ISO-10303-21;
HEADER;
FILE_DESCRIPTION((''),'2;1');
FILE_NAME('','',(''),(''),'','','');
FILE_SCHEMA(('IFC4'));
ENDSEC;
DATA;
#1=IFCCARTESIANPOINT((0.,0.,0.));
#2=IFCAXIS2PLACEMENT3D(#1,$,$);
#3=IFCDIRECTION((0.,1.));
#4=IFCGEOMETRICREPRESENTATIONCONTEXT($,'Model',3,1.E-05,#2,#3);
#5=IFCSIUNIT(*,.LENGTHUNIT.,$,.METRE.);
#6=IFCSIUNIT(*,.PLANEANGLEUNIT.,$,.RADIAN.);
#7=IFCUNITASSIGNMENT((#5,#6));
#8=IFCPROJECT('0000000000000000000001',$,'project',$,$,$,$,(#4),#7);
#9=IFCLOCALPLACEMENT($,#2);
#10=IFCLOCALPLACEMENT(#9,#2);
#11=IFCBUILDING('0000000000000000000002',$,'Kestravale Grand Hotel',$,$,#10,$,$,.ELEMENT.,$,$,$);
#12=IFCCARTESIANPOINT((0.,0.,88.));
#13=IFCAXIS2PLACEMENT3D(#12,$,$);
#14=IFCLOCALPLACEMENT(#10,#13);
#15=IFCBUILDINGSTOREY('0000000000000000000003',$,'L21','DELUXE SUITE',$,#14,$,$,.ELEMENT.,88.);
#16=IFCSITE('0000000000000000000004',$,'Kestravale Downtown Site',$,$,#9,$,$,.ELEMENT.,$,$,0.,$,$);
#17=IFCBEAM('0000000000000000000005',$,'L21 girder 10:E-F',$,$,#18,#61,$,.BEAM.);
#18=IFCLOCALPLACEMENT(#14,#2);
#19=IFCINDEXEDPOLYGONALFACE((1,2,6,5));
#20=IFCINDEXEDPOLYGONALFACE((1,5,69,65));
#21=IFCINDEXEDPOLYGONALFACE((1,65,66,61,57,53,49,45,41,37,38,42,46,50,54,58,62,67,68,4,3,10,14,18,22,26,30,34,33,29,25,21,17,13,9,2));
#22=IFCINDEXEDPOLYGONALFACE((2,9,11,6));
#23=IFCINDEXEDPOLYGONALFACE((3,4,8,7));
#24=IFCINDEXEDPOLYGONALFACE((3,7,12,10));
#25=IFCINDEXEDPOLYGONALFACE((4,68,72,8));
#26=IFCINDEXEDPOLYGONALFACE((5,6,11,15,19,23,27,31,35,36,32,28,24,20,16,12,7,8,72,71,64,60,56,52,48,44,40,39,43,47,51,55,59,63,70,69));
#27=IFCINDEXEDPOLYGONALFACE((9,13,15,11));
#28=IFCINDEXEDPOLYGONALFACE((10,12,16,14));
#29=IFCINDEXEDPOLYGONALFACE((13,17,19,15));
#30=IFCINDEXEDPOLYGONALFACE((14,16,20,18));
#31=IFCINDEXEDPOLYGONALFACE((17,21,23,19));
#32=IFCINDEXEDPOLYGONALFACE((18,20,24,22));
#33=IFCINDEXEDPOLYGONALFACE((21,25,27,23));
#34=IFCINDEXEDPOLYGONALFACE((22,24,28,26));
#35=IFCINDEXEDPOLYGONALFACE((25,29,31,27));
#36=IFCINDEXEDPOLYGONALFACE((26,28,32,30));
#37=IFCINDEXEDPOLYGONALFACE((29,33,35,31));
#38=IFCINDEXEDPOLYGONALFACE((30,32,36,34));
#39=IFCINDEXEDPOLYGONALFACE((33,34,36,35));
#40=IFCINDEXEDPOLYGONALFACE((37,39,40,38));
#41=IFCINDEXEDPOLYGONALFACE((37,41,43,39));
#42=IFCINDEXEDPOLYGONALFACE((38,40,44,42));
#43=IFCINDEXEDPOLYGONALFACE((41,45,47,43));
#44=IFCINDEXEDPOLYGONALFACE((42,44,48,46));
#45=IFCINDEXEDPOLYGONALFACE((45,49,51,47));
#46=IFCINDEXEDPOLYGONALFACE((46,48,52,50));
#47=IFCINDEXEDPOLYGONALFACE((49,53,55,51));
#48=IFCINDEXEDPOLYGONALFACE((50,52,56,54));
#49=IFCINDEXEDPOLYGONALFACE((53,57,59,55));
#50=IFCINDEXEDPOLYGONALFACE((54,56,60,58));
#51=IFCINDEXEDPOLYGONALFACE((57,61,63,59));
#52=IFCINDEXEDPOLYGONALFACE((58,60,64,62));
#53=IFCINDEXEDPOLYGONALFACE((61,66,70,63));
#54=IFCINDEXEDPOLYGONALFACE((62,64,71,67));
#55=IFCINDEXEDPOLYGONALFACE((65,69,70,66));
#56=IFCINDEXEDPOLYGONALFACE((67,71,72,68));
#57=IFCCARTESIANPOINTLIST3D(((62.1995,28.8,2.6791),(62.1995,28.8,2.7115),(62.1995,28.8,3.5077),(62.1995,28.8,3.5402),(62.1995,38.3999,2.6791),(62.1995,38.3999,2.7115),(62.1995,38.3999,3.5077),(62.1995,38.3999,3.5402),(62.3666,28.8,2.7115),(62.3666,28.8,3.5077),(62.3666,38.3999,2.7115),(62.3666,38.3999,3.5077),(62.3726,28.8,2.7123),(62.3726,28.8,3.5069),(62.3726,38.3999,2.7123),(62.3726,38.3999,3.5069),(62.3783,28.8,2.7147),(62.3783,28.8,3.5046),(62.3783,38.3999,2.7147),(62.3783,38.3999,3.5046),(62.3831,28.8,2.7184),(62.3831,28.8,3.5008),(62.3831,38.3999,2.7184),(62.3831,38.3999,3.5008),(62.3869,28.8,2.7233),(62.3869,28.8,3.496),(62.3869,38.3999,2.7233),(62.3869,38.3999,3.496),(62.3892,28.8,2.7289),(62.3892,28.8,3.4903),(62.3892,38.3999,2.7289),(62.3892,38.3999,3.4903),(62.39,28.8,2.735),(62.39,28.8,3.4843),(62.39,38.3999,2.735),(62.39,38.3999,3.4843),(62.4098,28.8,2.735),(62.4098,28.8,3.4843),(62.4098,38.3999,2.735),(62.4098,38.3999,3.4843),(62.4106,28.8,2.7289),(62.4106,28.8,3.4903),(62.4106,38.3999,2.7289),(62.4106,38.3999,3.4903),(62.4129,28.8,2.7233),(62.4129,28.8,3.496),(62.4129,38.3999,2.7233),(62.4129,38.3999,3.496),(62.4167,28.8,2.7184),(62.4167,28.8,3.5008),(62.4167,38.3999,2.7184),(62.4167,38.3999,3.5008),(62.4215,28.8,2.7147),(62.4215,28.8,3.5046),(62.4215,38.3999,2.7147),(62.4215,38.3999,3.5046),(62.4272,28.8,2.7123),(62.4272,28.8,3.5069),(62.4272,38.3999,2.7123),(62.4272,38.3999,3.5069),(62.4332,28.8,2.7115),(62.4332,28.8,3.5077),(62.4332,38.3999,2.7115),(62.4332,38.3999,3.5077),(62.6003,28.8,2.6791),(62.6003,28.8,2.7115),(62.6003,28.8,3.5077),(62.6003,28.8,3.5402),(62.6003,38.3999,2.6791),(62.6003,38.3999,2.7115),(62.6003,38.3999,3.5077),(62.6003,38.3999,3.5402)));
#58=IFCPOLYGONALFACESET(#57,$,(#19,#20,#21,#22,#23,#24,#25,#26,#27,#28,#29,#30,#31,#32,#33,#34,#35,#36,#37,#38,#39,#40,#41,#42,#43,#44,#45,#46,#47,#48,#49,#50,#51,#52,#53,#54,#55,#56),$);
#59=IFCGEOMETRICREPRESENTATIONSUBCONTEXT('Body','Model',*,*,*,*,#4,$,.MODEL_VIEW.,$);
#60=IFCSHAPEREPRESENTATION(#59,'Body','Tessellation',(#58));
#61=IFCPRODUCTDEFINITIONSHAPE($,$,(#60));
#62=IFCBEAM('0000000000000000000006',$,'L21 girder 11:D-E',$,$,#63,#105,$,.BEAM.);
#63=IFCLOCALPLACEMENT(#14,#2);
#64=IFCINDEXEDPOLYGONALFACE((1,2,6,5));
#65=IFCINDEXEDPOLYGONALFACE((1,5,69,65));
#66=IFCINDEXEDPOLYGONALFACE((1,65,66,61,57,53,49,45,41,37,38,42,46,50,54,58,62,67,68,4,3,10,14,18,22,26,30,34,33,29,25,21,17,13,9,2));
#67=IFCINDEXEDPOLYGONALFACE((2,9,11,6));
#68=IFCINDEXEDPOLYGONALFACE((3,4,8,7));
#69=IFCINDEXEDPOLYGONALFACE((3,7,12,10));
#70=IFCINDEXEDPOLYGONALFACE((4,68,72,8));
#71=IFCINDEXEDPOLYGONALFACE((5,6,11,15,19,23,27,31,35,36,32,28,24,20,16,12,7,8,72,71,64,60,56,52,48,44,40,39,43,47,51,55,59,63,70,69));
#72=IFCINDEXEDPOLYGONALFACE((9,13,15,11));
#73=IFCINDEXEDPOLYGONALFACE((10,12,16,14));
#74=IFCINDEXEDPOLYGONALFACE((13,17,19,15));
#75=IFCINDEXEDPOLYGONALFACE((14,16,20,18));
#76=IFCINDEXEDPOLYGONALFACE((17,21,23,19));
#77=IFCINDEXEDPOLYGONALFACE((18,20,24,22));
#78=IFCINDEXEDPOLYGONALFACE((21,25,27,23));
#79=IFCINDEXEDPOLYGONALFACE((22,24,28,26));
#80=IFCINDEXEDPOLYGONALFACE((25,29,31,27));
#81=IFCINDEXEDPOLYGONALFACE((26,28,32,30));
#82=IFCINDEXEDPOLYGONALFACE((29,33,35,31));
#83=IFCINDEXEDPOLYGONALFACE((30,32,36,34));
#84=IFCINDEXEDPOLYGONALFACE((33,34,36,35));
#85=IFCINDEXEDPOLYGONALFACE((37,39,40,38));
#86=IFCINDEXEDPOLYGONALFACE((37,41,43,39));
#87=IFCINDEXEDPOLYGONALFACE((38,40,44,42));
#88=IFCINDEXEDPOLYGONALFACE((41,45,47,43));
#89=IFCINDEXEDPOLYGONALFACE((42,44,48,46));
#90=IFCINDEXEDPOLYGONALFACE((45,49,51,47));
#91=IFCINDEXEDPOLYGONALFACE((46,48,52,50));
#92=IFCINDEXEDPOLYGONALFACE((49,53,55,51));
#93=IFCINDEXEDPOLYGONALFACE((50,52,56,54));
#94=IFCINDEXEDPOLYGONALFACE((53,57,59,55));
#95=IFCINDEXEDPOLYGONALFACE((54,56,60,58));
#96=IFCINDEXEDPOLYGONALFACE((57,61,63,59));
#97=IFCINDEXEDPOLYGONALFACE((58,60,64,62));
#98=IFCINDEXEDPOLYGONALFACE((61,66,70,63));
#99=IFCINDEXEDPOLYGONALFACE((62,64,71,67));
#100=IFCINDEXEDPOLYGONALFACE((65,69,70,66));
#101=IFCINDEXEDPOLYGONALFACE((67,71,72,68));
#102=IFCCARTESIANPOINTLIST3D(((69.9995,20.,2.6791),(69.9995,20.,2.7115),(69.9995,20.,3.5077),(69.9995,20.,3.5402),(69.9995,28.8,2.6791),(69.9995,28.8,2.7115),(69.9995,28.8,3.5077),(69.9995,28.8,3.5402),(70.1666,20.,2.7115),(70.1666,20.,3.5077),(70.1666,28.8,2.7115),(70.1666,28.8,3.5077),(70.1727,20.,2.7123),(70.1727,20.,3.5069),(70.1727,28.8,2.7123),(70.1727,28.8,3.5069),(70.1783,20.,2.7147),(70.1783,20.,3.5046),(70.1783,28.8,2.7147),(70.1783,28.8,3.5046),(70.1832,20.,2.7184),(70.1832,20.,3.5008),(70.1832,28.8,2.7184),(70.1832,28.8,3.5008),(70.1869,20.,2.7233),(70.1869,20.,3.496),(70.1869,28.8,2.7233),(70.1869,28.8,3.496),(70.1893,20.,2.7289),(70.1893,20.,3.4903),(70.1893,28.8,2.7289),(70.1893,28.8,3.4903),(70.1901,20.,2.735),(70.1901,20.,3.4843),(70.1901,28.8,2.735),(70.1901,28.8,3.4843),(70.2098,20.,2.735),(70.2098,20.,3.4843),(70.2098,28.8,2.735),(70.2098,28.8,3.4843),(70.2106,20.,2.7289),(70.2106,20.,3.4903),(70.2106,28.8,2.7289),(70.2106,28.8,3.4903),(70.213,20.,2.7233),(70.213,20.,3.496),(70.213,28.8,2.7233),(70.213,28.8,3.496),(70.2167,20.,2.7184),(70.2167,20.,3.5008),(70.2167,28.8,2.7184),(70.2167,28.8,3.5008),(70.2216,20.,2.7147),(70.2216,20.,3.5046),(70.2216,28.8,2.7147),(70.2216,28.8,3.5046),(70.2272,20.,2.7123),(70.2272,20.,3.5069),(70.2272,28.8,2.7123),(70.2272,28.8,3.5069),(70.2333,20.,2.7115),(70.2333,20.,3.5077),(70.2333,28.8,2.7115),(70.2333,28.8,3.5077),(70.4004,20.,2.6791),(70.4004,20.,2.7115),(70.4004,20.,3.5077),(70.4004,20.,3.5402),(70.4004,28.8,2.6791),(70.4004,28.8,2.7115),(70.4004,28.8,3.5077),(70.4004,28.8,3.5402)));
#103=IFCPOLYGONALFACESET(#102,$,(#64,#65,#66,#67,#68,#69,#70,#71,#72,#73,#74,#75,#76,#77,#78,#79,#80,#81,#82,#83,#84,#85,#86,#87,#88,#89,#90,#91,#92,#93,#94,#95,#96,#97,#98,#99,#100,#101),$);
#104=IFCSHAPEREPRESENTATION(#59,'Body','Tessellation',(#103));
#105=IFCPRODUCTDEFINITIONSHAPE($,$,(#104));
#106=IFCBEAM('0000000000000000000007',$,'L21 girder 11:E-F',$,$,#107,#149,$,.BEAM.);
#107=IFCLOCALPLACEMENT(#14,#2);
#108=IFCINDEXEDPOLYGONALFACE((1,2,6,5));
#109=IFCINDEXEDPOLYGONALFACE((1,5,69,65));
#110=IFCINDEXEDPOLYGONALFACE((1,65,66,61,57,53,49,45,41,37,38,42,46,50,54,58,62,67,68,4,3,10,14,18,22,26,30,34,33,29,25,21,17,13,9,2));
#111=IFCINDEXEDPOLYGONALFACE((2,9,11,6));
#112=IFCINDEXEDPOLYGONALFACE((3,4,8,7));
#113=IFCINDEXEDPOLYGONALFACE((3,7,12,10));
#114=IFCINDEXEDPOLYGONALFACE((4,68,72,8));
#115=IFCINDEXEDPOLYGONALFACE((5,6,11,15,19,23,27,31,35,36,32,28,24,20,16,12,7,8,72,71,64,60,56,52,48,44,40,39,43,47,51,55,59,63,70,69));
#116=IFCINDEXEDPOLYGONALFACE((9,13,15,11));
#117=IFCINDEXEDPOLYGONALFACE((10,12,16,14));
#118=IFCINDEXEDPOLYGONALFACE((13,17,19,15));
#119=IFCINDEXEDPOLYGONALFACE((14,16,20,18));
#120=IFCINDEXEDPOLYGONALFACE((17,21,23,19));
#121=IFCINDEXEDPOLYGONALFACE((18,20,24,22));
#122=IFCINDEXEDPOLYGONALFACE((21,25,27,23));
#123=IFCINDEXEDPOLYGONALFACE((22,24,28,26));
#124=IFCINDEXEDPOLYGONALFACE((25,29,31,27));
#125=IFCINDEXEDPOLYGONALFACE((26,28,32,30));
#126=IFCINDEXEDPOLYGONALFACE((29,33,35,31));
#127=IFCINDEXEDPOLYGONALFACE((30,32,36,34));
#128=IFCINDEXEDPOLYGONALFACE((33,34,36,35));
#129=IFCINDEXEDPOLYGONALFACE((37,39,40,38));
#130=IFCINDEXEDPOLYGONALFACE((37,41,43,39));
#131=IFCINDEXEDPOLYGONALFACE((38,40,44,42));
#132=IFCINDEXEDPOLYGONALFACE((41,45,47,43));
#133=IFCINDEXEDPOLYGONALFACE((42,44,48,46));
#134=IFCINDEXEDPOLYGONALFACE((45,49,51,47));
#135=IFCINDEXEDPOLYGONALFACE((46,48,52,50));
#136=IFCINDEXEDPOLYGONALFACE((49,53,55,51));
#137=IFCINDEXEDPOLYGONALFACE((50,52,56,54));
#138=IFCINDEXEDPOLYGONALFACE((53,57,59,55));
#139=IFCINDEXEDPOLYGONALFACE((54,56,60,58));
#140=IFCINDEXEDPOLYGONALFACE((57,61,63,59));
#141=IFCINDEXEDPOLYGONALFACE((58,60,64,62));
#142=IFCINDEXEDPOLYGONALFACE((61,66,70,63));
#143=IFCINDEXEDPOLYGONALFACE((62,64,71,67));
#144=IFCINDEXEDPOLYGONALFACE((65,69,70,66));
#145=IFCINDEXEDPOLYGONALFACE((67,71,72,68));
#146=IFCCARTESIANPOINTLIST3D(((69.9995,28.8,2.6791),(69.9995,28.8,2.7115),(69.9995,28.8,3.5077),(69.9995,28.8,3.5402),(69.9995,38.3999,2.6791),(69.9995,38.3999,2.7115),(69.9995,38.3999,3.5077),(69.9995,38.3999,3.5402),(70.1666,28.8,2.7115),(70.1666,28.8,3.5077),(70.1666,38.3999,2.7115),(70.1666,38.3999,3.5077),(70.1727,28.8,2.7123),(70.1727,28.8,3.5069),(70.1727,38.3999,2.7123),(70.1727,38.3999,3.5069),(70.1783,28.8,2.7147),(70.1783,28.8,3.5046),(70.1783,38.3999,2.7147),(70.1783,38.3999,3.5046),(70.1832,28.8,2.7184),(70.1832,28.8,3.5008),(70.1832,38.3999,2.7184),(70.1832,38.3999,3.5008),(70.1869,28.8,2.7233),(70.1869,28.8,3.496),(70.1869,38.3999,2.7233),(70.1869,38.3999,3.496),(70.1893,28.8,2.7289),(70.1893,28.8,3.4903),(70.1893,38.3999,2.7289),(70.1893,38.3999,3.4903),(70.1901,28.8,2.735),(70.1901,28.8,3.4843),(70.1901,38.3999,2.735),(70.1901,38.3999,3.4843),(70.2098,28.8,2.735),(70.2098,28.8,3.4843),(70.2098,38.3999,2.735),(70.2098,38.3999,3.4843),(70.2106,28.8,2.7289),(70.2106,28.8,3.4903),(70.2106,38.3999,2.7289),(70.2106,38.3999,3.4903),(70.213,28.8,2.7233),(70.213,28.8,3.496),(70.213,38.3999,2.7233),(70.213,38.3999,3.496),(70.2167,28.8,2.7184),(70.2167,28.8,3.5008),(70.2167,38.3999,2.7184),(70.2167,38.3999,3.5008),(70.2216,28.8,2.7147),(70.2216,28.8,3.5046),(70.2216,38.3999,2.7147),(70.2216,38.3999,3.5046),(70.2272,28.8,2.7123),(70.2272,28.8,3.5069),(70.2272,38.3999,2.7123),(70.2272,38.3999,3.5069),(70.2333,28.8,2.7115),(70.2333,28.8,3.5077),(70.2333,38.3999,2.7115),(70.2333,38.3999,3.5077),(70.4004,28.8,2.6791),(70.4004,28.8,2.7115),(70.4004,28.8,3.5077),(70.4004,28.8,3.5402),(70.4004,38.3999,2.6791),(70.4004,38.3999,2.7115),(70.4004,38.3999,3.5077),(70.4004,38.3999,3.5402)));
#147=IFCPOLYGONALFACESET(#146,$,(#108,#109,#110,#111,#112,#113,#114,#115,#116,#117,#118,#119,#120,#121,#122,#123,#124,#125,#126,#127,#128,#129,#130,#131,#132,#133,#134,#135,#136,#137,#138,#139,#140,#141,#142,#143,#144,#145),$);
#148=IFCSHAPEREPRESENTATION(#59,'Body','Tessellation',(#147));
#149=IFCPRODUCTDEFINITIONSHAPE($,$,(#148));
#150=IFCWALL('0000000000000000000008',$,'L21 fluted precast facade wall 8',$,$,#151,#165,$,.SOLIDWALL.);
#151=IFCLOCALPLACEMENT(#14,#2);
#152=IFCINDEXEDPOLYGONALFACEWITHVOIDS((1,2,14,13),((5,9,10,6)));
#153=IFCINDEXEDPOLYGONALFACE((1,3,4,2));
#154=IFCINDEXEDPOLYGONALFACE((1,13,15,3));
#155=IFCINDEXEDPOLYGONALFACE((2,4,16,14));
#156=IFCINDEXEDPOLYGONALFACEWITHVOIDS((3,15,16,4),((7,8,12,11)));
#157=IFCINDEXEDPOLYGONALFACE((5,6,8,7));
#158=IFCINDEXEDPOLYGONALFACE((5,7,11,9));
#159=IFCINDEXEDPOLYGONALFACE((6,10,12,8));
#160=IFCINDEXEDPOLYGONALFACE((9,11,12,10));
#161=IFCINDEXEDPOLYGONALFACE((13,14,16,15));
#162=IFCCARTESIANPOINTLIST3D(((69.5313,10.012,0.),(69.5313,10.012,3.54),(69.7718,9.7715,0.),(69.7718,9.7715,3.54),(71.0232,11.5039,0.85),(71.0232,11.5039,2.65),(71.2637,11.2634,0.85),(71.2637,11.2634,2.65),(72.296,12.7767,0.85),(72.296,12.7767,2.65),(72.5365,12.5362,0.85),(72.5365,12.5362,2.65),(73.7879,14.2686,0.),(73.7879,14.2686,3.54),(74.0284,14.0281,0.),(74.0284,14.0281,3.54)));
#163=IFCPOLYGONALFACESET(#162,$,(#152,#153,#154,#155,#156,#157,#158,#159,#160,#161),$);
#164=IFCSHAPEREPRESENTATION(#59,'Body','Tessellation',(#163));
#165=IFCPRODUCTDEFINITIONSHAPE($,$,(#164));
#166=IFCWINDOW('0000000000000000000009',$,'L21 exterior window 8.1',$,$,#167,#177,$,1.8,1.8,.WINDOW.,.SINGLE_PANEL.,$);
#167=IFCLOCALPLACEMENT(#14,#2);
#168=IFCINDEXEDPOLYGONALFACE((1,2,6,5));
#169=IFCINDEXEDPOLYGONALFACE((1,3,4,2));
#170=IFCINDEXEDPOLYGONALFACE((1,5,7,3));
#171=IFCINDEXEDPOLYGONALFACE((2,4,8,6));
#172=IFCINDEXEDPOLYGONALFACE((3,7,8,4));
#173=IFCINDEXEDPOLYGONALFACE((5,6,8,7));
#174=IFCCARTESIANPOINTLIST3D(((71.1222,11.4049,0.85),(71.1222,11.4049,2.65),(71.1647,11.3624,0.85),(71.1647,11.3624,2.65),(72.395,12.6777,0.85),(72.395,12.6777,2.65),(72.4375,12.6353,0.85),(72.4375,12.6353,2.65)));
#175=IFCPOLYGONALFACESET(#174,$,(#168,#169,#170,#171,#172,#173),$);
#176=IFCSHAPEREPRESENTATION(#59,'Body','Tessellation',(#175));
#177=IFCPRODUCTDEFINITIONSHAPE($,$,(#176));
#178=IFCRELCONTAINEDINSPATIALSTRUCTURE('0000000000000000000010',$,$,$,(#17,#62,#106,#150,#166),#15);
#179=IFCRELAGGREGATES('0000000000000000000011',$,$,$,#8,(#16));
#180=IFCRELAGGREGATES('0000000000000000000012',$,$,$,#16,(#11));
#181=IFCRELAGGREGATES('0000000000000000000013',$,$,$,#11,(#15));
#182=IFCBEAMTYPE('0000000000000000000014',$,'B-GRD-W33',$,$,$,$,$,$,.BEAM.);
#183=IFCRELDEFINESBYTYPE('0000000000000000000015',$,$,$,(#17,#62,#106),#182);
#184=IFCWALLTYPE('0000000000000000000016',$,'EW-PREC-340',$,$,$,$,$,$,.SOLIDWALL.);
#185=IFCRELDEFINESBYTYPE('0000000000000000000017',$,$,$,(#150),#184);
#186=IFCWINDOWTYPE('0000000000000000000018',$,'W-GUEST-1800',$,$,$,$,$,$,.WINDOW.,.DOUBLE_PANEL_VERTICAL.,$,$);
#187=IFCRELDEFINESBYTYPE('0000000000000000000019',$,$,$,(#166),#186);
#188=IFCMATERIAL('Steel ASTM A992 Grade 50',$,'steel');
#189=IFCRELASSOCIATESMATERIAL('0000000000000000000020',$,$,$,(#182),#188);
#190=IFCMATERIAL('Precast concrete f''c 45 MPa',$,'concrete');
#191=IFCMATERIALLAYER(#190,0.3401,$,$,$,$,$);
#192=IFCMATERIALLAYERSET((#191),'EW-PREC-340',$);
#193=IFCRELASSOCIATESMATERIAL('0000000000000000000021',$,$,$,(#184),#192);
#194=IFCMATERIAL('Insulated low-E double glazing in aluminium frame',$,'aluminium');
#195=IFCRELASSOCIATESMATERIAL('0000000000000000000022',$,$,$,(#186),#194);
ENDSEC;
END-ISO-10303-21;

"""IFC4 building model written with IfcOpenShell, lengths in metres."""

from ifc_helpers import new_model, si_unit, direction, frame, frame_2d, origin, origin_2d, place, context, subcontext, project, spatial, rectangle, i_section, extrude, material, layer, layer_set, material_profile, profile_set, type_object, element, fill, save


model = new_model("IFC4")

# Units and contexts
model_context = context("Model", 3, precision=1e-05, world=origin(), true_north=direction((0.0, 1.0)))
body_context = subcontext(model_context, "Body", "Model", "MODEL_VIEW")
ifc_project = project(units=[si_unit("LENGTHUNIT", "METRE"), si_unit("PLANEANGLEUNIT", "RADIAN")], contexts=[model_context])

# Site, building, storey
site_placement = place(None, origin())
site = spatial("IfcSite", under=ifc_project, at=site_placement, Name="Kestravale Downtown Site", CompositionType="ELEMENT", RefElevation=0.0)
building_placement = place(site_placement, origin())
building = spatial("IfcBuilding", under=site, at=building_placement, Name="Kestravale Grand Hotel", CompositionType="ELEMENT")
storey_placement = place(building_placement, frame((0.0, 0.0, 88.0)))
storey = spatial("IfcBuildingStorey", under=building, at=storey_placement, Name="L21", Description="DELUXE SUITE", CompositionType="ELEMENT", Elevation=88.0)

# Beams
ifc_material_1 = material(Name="Steel ASTM A992 Grade 50", Category="steel")
ifc_material_profile_1 = material_profile(ifc_material_1, i_section(OverallWidth=0.4009, OverallDepth=0.8611, WebThickness=0.0198, FlangeThickness=0.0325, FilletRadius=0.0234, at=origin_2d()))
ifc_profile_set_1 = profile_set([ifc_material_profile_1], Name="Steel ASTM A992 Grade 50")
beam_type_1 = type_object("IfcBeamType", Name="B-GRD-W33", PredefinedType="BEAM", material=ifc_profile_set_1)
beam_1_placement = place(storey_placement, frame((62.3999, 28.8, 3.1096), z_axis=(0.0, 1.0, 0.0), x_axis=(-1.0, 0.0, 0.0)))
element("IfcBeam", 1, at=beam_1_placement, inside=storey, type_object=beam_type_1, Name="L21 girder 10:E-F", PredefinedType="BEAM", context=body_context, shape_type="SweptSolid", body=[
    extrude(i_section(OverallWidth=0.4009, OverallDepth=0.8611, WebThickness=0.0198, FlangeThickness=0.0325, FilletRadius=0.0234, at=origin_2d()), origin(), (0.0, 0.0, 1.0), 9.5999),
])
beam_2_placement = place(storey_placement, frame((70.2, 20.0, 3.1096), z_axis=(0.0, 1.0, 0.0), x_axis=(-1.0, 0.0, 0.0)))
element("IfcBeam", 2, at=beam_2_placement, inside=storey, type_object=beam_type_1, Name="L21 girder 11:D-E", PredefinedType="BEAM", context=body_context, shape_type="SweptSolid", body=[
    extrude(i_section(OverallWidth=0.4009, OverallDepth=0.8611, WebThickness=0.0198, FlangeThickness=0.0325, FilletRadius=0.0234, at=origin_2d()), origin(), (0.0, 0.0, 1.0), 8.8),
])
beam_3_placement = place(storey_placement, frame((70.2, 28.8, 3.1096), z_axis=(0.0, 1.0, 0.0), x_axis=(-1.0, 0.0, 0.0)))
element("IfcBeam", 3, at=beam_3_placement, inside=storey, type_object=beam_type_1, Name="L21 girder 11:E-F", PredefinedType="BEAM", context=body_context, shape_type="SweptSolid", body=[
    extrude(i_section(OverallWidth=0.4009, OverallDepth=0.8611, WebThickness=0.0198, FlangeThickness=0.0325, FilletRadius=0.0234, at=origin_2d()), origin(), (0.0, 0.0, 1.0), 9.5999),
])

# Wall, opening, window
ifc_material_2 = material(Name="Precast concrete f'c 45 MPa", Category="concrete")
ifc_layer_1 = layer(ifc_material_2, 0.3401)
ifc_layer_set_1 = layer_set([ifc_layer_1], Name="EW-PREC-340")
wall_type_1 = type_object("IfcWallType", Name="EW-PREC-340", PredefinedType="SOLIDWALL", material=ifc_layer_set_1)
wall_1_placement = place(storey_placement, frame((69.6516, 9.8918, 0.0), z_axis=(0.0, 0.0, 1.0), x_axis=(0.707107, 0.707107, 0.0)))
wall_1 = element("IfcWall", 4, at=wall_1_placement, inside=storey, type_object=wall_type_1, Name="L21 fluted precast facade wall 8", PredefinedType="SOLIDWALL", context=body_context, shape_type="SweptSolid", body=[
    extrude(rectangle(XDim=6.0198, YDim=0.3401, at=frame_2d((3.0098, 0.0))), origin(), (0.0, 0.0, 1.0), 3.54),
])
opening_1_placement = place(wall_1_placement, frame((2.1099, 0.0, 0.8501)))
opening_1 = element("IfcOpeningElement", 5, at=opening_1_placement, cuts=wall_1, PredefinedType="OPENING", context=body_context, shape_type="SweptSolid", body=[
    extrude(rectangle(XDim=1.8, YDim=1.8, at=frame_2d((0.8999, 0.8999))), frame((0.0, 0.1799, 0.0), z_axis=(0.0, -1.0, 0.0), x_axis=(1.0, 0.0, 0.0)), (0.0, 0.0, 1.0), 0.3601),
])
ifc_material_3 = material(Name="Insulated low-E double glazing in aluminium frame", Category="aluminium")
window_type = type_object("IfcWindowType", Name="W-GUEST-1800", PartitioningType="DOUBLE_PANEL_VERTICAL", PredefinedType="WINDOW", material=ifc_material_3)
window_1_placement = place(opening_1_placement, origin())
window_1 = element("IfcWindow", 6, at=window_1_placement, inside=storey, type_object=window_type, Name="L21 exterior window 8.1", OverallHeight=1.8, OverallWidth=1.8, PartitioningType="SINGLE_PANEL", PredefinedType="WINDOW", context=body_context, shape_type="SweptSolid", body=[
    extrude(rectangle(XDim=1.8, YDim=1.8, at=frame_2d((0.8999, 0.8999))), frame((0.0, 0.03, 0.0), z_axis=(0.0, -1.0, 0.0), x_axis=(1.0, 0.0, 0.0)), (0.0, 0.0, 1.0), 0.0601),
])
fill(opening_1, window_1)

save(model, "model.ifc")
